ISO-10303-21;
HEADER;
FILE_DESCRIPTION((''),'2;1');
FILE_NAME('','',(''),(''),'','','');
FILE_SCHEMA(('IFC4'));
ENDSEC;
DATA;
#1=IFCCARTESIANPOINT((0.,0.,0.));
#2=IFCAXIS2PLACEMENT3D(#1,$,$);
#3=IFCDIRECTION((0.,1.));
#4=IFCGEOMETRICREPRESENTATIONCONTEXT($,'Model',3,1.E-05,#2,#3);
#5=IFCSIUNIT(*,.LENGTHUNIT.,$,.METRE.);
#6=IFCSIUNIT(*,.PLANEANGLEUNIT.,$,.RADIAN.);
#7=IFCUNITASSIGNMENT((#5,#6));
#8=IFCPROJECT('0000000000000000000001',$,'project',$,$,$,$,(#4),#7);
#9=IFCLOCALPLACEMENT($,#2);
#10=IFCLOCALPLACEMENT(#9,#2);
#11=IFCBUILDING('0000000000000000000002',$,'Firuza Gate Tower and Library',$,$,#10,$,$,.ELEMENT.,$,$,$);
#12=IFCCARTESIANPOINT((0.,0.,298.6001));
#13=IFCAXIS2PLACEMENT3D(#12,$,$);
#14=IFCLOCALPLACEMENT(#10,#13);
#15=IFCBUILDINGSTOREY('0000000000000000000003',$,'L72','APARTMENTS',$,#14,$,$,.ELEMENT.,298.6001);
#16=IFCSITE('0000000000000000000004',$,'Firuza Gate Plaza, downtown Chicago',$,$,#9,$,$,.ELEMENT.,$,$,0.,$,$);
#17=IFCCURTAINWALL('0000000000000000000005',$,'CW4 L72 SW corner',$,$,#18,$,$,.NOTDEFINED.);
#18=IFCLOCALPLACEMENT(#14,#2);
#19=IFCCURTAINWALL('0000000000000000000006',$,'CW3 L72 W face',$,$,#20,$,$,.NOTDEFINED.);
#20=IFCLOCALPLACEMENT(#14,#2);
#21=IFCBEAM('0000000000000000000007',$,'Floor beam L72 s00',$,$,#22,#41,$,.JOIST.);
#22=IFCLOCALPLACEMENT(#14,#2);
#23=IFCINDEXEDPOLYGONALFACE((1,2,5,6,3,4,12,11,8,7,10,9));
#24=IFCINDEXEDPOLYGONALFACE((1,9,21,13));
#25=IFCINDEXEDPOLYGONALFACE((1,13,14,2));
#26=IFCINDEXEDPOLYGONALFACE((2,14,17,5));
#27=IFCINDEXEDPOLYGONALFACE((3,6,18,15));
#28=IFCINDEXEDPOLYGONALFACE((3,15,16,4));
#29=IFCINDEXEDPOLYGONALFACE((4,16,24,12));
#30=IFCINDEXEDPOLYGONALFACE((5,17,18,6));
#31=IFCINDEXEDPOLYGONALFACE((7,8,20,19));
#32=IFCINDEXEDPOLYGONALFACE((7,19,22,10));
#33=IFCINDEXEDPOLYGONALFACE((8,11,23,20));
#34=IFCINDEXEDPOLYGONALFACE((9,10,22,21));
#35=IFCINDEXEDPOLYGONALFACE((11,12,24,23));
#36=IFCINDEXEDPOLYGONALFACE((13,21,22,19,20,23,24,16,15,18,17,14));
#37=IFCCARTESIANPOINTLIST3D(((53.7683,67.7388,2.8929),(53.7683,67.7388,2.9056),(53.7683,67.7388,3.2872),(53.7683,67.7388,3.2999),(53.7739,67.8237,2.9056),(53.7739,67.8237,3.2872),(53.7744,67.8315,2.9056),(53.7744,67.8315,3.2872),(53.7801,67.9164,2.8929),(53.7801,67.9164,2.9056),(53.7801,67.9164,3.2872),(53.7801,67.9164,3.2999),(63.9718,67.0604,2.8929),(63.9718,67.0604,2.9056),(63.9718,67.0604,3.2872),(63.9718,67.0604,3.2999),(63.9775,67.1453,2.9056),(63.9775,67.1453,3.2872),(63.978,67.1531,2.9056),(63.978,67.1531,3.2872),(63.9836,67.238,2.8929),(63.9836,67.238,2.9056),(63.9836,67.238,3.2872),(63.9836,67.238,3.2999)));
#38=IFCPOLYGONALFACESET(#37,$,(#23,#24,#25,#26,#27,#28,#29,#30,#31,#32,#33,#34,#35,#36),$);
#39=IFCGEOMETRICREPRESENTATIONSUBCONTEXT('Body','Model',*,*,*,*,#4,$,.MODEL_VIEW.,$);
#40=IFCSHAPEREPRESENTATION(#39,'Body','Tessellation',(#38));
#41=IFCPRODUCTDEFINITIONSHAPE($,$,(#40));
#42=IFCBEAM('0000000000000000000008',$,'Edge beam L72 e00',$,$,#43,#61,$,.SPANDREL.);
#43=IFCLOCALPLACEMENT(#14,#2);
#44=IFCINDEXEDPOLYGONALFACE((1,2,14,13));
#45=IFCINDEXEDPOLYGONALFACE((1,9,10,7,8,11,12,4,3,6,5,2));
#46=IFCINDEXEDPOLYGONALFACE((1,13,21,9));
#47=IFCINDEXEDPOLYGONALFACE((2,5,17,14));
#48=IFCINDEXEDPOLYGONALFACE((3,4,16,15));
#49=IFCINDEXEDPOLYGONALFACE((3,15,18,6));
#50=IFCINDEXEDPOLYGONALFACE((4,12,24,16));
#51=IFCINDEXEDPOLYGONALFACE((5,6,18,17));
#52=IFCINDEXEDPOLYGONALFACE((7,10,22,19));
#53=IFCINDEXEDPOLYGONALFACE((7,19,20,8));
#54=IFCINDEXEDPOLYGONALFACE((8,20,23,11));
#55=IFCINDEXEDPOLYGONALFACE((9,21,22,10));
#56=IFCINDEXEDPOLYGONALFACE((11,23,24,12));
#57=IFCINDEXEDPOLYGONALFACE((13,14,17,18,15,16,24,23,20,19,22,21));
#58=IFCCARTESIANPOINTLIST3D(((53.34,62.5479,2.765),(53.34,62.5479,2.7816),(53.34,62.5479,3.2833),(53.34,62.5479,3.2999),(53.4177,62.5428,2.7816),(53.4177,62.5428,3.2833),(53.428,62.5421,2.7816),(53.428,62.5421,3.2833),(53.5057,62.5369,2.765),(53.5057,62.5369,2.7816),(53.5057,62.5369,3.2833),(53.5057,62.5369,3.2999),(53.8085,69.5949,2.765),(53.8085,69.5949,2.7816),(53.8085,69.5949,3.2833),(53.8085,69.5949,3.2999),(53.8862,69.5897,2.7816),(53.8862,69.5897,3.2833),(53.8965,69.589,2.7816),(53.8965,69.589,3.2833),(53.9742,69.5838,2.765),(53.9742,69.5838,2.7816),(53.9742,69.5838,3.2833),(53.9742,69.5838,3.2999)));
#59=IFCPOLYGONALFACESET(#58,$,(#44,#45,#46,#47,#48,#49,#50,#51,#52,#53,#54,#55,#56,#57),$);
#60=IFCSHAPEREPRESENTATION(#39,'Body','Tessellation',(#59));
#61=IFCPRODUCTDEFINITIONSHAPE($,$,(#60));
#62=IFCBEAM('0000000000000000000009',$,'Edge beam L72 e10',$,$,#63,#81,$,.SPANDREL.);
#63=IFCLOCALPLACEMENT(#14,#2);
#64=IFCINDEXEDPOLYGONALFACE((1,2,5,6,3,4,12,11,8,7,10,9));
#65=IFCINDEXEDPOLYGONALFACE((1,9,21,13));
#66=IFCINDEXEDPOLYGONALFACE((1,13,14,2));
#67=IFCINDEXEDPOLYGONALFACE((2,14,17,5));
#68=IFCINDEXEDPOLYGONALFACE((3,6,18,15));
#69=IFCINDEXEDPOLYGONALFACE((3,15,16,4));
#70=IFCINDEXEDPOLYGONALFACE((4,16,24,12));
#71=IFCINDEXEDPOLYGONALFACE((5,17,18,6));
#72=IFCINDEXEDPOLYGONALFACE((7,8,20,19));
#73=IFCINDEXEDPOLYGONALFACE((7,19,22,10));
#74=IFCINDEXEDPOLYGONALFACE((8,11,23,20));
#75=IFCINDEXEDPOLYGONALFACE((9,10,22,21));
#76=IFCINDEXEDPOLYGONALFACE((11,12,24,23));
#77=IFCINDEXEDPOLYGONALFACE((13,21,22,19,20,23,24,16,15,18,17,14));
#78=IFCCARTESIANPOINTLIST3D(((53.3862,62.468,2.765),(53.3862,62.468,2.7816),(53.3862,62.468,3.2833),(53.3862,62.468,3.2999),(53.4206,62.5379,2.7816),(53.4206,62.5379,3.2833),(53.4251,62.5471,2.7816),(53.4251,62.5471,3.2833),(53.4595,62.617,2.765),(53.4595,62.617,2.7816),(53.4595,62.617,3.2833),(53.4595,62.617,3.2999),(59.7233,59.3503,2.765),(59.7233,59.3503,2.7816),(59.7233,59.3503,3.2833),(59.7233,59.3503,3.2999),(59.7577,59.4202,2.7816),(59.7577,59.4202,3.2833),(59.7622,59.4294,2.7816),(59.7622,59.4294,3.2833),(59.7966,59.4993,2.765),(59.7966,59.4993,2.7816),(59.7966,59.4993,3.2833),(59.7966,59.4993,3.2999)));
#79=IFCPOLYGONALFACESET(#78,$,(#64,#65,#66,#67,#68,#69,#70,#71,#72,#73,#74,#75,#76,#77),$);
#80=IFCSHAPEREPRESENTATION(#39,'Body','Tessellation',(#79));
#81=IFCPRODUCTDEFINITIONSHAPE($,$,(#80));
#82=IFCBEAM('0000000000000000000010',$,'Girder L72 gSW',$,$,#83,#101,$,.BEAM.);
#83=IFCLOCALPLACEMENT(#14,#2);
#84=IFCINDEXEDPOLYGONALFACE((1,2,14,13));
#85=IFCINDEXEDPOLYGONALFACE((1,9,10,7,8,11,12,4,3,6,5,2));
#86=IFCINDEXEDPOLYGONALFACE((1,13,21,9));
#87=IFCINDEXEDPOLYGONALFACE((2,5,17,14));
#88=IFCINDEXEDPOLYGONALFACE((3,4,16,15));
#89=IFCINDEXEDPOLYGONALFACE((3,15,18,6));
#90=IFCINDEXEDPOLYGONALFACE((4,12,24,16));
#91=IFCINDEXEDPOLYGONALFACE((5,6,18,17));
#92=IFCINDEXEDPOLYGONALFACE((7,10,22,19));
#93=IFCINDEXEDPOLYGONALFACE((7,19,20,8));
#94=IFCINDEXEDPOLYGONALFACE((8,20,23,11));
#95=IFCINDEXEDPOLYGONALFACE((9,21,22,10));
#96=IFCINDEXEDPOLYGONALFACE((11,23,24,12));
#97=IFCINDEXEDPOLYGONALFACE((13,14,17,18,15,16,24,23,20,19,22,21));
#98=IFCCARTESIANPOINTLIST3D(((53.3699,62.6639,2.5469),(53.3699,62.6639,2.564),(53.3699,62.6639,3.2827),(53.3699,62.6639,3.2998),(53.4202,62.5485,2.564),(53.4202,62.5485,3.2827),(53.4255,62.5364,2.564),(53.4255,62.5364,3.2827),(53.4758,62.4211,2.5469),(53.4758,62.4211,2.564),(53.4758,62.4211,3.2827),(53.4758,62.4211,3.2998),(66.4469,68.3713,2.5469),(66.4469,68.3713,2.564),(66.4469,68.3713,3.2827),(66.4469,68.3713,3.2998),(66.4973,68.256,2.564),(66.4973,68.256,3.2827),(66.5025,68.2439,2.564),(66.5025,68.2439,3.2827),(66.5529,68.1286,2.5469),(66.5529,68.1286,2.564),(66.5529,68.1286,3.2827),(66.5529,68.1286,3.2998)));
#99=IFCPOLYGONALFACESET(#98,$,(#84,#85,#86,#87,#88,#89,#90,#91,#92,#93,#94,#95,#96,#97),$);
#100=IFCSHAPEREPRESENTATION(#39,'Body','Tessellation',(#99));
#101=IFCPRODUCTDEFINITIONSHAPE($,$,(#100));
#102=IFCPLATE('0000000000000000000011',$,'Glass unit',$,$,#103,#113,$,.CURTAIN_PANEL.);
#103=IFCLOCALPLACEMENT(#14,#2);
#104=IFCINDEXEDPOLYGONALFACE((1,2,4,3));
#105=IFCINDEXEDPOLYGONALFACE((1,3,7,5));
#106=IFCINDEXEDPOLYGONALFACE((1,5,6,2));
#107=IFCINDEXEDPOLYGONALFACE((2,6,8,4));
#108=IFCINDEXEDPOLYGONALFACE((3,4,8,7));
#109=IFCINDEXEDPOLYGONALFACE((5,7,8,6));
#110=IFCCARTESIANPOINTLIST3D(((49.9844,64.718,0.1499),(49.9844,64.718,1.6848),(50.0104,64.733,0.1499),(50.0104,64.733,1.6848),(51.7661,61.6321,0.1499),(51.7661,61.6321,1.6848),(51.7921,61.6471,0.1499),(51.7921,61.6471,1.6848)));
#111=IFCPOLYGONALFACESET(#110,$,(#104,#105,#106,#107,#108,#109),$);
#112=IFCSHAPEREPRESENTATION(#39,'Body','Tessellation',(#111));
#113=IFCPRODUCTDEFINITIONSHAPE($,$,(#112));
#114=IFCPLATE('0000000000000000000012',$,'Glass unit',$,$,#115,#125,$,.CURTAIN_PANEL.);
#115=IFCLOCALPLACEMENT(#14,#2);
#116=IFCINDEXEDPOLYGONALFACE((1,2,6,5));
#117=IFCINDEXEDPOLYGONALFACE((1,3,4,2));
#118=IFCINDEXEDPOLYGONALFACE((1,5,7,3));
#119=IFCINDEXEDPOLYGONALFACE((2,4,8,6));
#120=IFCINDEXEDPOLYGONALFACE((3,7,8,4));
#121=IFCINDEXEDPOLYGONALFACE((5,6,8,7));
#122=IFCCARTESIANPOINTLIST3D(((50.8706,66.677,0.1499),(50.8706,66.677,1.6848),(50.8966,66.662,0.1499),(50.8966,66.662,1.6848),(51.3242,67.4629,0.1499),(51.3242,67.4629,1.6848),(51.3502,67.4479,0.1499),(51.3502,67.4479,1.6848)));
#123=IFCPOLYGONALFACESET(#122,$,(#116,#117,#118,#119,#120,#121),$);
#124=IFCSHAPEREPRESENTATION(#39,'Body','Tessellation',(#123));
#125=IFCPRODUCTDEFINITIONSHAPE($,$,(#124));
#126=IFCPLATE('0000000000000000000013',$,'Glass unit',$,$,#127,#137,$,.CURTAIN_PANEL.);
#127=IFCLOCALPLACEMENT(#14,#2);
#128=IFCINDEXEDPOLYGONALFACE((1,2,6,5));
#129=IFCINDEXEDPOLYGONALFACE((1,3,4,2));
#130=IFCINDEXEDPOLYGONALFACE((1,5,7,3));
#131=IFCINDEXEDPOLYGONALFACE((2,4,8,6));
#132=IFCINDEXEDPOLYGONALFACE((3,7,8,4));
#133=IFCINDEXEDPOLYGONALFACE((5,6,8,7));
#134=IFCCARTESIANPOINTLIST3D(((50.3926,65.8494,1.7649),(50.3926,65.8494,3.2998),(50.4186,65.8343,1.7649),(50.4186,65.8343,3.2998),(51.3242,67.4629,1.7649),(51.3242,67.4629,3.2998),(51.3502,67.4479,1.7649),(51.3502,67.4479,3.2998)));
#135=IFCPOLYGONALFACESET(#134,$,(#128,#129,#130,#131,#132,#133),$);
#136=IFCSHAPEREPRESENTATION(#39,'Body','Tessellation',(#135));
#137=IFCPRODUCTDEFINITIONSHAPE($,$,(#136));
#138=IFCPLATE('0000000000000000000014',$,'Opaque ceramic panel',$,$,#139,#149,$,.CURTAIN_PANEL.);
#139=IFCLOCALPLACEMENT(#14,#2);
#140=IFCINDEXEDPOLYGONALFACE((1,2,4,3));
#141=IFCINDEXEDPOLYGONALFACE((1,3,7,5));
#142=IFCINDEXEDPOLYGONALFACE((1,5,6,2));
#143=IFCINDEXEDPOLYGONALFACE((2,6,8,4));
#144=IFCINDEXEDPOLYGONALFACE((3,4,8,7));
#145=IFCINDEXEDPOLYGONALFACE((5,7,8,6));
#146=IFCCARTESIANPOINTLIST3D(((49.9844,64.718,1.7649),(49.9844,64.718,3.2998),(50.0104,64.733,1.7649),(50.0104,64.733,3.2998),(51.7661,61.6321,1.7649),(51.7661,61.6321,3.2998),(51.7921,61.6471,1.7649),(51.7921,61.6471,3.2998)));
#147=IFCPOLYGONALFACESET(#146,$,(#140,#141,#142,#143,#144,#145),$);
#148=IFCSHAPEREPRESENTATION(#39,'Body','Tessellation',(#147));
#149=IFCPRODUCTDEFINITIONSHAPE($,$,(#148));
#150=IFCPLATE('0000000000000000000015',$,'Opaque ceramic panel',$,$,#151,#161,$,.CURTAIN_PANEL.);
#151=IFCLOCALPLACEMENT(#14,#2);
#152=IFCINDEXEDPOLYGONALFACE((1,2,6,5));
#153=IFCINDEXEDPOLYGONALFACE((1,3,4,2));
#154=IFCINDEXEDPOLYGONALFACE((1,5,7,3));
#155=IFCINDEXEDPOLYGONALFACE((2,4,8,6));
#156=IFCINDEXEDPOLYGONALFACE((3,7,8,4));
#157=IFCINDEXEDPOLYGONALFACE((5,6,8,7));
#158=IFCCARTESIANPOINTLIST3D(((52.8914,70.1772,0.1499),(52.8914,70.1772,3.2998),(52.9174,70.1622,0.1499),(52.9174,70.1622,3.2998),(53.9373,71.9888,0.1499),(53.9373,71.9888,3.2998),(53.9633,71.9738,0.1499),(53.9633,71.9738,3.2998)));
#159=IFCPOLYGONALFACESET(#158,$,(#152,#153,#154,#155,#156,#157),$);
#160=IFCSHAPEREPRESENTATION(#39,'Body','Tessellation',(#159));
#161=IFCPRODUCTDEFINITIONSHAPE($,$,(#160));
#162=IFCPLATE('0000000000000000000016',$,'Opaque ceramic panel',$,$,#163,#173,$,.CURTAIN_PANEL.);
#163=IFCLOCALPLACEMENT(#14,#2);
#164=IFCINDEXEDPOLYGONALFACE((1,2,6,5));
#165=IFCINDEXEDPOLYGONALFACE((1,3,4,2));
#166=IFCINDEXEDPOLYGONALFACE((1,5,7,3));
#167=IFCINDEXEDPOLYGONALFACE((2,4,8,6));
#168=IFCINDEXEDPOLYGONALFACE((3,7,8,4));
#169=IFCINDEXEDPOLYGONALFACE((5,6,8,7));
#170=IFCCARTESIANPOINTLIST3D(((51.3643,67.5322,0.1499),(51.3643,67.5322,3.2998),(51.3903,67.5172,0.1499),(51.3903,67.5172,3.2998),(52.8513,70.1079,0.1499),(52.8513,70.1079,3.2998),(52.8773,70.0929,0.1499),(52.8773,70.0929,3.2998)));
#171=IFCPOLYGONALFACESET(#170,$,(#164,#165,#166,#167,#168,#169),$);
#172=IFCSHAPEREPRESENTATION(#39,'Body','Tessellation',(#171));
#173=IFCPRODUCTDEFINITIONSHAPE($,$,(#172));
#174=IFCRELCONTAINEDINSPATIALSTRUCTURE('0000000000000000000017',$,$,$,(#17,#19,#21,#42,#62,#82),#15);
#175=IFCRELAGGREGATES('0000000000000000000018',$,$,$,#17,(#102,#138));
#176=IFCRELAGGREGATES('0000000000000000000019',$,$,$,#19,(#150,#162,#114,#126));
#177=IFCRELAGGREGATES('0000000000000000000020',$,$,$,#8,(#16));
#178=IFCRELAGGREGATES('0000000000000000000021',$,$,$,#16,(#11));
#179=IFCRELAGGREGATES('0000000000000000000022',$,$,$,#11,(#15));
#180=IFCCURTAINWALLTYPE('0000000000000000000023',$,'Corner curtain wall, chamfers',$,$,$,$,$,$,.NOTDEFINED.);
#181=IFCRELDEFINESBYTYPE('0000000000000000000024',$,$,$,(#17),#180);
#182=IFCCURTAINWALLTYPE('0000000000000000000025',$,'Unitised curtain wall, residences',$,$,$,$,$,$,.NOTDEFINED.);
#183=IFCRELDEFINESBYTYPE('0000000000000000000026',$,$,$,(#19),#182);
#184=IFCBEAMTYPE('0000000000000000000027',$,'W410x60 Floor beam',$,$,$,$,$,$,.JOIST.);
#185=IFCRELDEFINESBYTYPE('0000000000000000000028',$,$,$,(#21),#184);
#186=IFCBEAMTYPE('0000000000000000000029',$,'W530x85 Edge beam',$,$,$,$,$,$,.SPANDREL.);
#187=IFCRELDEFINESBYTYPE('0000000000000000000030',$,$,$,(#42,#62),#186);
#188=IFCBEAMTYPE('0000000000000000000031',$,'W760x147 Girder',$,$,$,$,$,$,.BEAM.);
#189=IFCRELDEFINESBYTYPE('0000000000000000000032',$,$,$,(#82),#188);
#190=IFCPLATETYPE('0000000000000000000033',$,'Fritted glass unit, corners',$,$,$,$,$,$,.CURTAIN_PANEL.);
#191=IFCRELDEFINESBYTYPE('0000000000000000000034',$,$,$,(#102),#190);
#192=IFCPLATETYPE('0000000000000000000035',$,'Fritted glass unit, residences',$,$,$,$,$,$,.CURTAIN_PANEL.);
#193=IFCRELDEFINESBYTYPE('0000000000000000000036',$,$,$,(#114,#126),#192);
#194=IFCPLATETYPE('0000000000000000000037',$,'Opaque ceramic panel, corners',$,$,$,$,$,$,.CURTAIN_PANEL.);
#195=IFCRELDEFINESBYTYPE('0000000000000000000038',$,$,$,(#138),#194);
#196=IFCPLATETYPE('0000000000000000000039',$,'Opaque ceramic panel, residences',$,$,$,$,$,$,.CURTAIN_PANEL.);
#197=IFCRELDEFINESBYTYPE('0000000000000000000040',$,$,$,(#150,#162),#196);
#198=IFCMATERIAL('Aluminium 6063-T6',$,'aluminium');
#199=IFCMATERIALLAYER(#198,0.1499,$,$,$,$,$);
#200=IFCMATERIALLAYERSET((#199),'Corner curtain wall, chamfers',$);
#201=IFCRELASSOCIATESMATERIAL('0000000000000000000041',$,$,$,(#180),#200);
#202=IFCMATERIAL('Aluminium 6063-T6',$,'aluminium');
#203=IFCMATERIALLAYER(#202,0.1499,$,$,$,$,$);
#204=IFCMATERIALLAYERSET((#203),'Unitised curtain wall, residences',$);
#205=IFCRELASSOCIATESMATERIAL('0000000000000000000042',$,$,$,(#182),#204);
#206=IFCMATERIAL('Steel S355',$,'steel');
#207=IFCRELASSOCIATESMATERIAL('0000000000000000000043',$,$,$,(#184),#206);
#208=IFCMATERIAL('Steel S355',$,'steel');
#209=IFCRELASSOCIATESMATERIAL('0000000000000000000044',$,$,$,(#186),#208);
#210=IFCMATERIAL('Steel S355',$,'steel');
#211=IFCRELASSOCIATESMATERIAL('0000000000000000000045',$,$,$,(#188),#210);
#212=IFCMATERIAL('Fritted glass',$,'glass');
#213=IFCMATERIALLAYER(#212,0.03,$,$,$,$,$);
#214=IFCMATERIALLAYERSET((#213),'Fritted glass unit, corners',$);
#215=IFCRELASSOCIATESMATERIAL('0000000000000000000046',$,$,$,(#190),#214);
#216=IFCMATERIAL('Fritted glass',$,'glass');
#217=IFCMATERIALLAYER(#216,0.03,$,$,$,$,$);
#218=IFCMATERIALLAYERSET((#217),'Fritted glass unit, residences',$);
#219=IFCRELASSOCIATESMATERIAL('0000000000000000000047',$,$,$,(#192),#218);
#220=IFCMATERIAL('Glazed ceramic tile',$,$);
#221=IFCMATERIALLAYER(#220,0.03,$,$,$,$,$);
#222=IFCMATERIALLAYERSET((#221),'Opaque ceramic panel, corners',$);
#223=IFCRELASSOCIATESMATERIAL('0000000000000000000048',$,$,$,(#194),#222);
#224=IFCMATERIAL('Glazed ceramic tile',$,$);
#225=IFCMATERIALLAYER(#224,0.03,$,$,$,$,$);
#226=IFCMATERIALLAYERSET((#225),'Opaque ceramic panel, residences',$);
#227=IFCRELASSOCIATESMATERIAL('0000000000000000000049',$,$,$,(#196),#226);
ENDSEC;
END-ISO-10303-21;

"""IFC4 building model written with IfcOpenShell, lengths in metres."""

from ifc_helpers import new_model, si_unit, direction, frame, origin, origin_2d, place, context, subcontext, project, spatial, polyline, i_section, outline, extrude, material, layer, layer_set, material_profile, profile_set, type_object, element, aggregate, save


model = new_model("IFC4")

# Units and contexts
model_context = context("Model", 3, precision=1e-05, world=origin(), true_north=direction((0.0, 1.0)))
body_context = subcontext(model_context, "Body", "Model", "MODEL_VIEW")
ifc_project = project(units=[si_unit("LENGTHUNIT", "METRE"), si_unit("PLANEANGLEUNIT", "RADIAN")], contexts=[model_context])

# Site, building, storey
site_placement = place(None, origin())
site = spatial("IfcSite", under=ifc_project, at=site_placement, Name="Firuza Gate Plaza, downtown Chicago", CompositionType="ELEMENT", RefElevation=0.0)
building_placement = place(site_placement, origin())
building = spatial("IfcBuilding", under=site, at=building_placement, Name="Firuza Gate Tower and Library", CompositionType="ELEMENT")
storey_placement = place(building_placement, frame((0.0, 0.0, 298.6001)))
storey = spatial("IfcBuildingStorey", under=building, at=storey_placement, Name="L72", Description="APARTMENTS", CompositionType="ELEMENT", Elevation=298.6001)

# Curtain walls
ifc_material_1 = material(Name="Aluminium 6063-T6", Category="aluminium")
ifc_layer_1 = layer(ifc_material_1, 0.1499)
ifc_layer_set_1 = layer_set([ifc_layer_1], Name="Corner curtain wall, chamfers")
curtain_wall_type_1 = type_object("IfcCurtainWallType", Name="Corner curtain wall, chamfers", PredefinedType="NOTDEFINED", material=ifc_layer_set_1)
placement = place(storey_placement, origin())
curtain_wall_1 = element("IfcCurtainWall", 1, at=placement, inside=storey, type_object=curtain_wall_type_1, Name="CW4 L72 SW corner", PredefinedType="NOTDEFINED")
ifc_material_2 = material(Name="Aluminium 6063-T6", Category="aluminium")
ifc_layer_2 = layer(ifc_material_2, 0.1499)
ifc_layer_set_2 = layer_set([ifc_layer_2], Name="Unitised curtain wall, residences")
curtain_wall_type_2 = type_object("IfcCurtainWallType", Name="Unitised curtain wall, residences", PredefinedType="NOTDEFINED", material=ifc_layer_set_2)
curtain_wall_2 = element("IfcCurtainWall", 2, at=placement, inside=storey, type_object=curtain_wall_type_2, Name="CW3 L72 W face", PredefinedType="NOTDEFINED")

# Beams
ifc_material_3 = material(Name="Steel S355", Category="steel")
ifc_material_profile_1 = material_profile(ifc_material_3, i_section(OverallWidth=0.178, OverallDepth=0.407, WebThickness=0.0078, FlangeThickness=0.0127, at=origin_2d()))
ifc_profile_set_1 = profile_set([ifc_material_profile_1], Name="Steel S355")
beam_type_1 = type_object("IfcBeamType", Name="W410x60 Floor beam", PredefinedType="JOIST", material=ifc_profile_set_1)
beam_1_placement = place(storey_placement, frame((53.7742, 67.8276, 3.0964), z_axis=(0.997797, -0.066346, 0.0), x_axis=(0.066346, 0.997797, 0.0)))
element("IfcBeam", 3, at=beam_1_placement, inside=storey, type_object=beam_type_1, Name="Floor beam L72 s00", PredefinedType="JOIST", context=body_context, shape_type="SweptSolid", body=[
    extrude(i_section(OverallWidth=0.178, OverallDepth=0.407, WebThickness=0.0078, FlangeThickness=0.0127, at=origin_2d()), origin(), (0.0, 0.0, 1.0), 10.2261),
])
ifc_material_4 = material(Name="Steel S355", Category="steel")
ifc_material_profile_2 = material_profile(ifc_material_4, i_section(OverallWidth=0.166, OverallDepth=0.5349, WebThickness=0.0103, FlangeThickness=0.0166, at=origin_2d()))
ifc_profile_set_2 = profile_set([ifc_material_profile_2], Name="Steel S355")
beam_type_2 = type_object("IfcBeamType", Name="W530x85 Edge beam", PredefinedType="SPANDREL", material=ifc_profile_set_2)
for number, where, z_axis, x_axis, name in (
    (4, (53.8914, 69.5894, 3.0325), (-0.066338, -0.997797, 0.0), (0.997797, -0.066338, 0.0), "Edge beam L72 e00"),
    (5, (53.4229, 62.5425, 3.0325), (0.897292, -0.441438, 0.0), (0.441438, 0.897292, 0.0), "Edge beam L72 e10"),
):
    element("IfcBeam", number, at=place(storey_placement, frame(where, z_axis=z_axis, x_axis=x_axis)), inside=storey, type_object=beam_type_2, Name=name, PredefinedType="SPANDREL", context=body_context, shape_type="SweptSolid", body=[
        extrude(i_section(OverallWidth=0.166, OverallDepth=0.5349, WebThickness=0.0103, FlangeThickness=0.0166, at=origin_2d()), origin(), (0.0, 0.0, 1.0), 7.0625),
    ])
ifc_material_5 = material(Name="Steel S355", Category="steel")
ifc_material_profile_3 = material_profile(ifc_material_5, i_section(OverallWidth=0.2649, OverallDepth=0.7529, WebThickness=0.0132, FlangeThickness=0.0171, at=origin_2d()))
ifc_profile_set_3 = profile_set([ifc_material_profile_3], Name="Steel S355")
beam_type_3 = type_object("IfcBeamType", Name="W760x147 Girder", PredefinedType="BEAM", material=ifc_profile_set_3)
beam_2_placement = place(storey_placement, frame((53.4229, 62.5425, 2.9233), z_axis=(0.91651, 0.400011, 0.0), x_axis=(-0.400011, 0.91651, 0.0)))
element("IfcBeam", 6, at=beam_2_placement, inside=storey, type_object=beam_type_3, Name="Girder L72 gSW", PredefinedType="BEAM", context=body_context, shape_type="SweptSolid", body=[
    extrude(i_section(OverallWidth=0.2649, OverallDepth=0.7529, WebThickness=0.0132, FlangeThickness=0.0171, at=origin_2d()), origin(), (0.0, 0.0, 1.0), 14.2683),
])

# Plates
ifc_material_6 = material(Name="Fritted glass", Category="glass")
ifc_layer_3 = layer(ifc_material_6, 0.03)
ifc_layer_set_3 = layer_set([ifc_layer_3], Name="Fritted glass unit, corners")
plate_type_1 = type_object("IfcPlateType", Name="Fritted glass unit, corners", PredefinedType="CURTAIN_PANEL", material=ifc_layer_set_3)
plate_1_placement = place(storey_placement, frame((49.9844, 64.718, 0.1499), z_axis=(-0.866017, -0.500015, 0.0), x_axis=(0.500015, -0.866017, 0.0)))
plate_1 = element("IfcPlate", 7, at=plate_1_placement, type_object=plate_type_1, Name="Glass unit", PredefinedType="CURTAIN_PANEL", context=body_context, shape_type="SweptSolid", body=[
    extrude(outline(polyline([(0.0, 0.0), (3.5634, 0.0), (3.5634, 1.5349), (0.0, 1.5349), (0.0, 0.0)])), origin(), (0.0, 0.0, -1.0), 0.03),
])
ifc_material_7 = material(Name="Fritted glass", Category="glass")
ifc_layer_4 = layer(ifc_material_7, 0.03)
ifc_layer_set_4 = layer_set([ifc_layer_4], Name="Fritted glass unit, residences")
plate_type_2 = type_object("IfcPlateType", Name="Fritted glass unit, residences", PredefinedType="CURTAIN_PANEL", material=ifc_layer_set_4)
plate_2_placement = place(storey_placement, frame((51.3242, 67.4629, 0.1499), z_axis=(-0.866083, 0.499901, 0.0), x_axis=(-0.499901, -0.866083, 0.0)))
plate_2 = element("IfcPlate", 8, at=plate_2_placement, type_object=plate_type_2, Name="Glass unit", PredefinedType="CURTAIN_PANEL", context=body_context, shape_type="SweptSolid", body=[
    extrude(outline(polyline([(0.0, 0.0), (0.9074, 0.0), (0.9074, 1.5349), (0.0, 1.5349), (0.0, 0.0)])), origin(), (0.0, 0.0, -1.0), 0.03),
])
plate_3_placement = place(storey_placement, frame((51.3242, 67.4629, 1.7649), z_axis=(-0.866009, 0.500029, 0.0), x_axis=(-0.500029, -0.866009, 0.0)))
plate_3 = element("IfcPlate", 9, at=plate_3_placement, type_object=plate_type_2, Name="Glass unit", PredefinedType="CURTAIN_PANEL", context=body_context, shape_type="SweptSolid", body=[
    extrude(outline(polyline([(0.0, 0.0), (1.8632, 0.0), (1.8632, 1.5349), (0.0, 1.5349), (0.0, 0.0)])), origin(), (0.0, 0.0, -1.0), 0.03),
])
ifc_material_8 = material(Name="Glazed ceramic tile")
ifc_layer_5 = layer(ifc_material_8, 0.03)
ifc_layer_set_5 = layer_set([ifc_layer_5], Name="Opaque ceramic panel, corners")
plate_type_3 = type_object("IfcPlateType", Name="Opaque ceramic panel, corners", PredefinedType="CURTAIN_PANEL", material=ifc_layer_set_5)
plate_4_placement = place(storey_placement, frame((49.9844, 64.718, 1.7649), z_axis=(-0.866017, -0.500015, 0.0), x_axis=(0.500015, -0.866017, 0.0)))
plate_4 = element("IfcPlate", 10, at=plate_4_placement, type_object=plate_type_3, Name="Opaque ceramic panel", PredefinedType="CURTAIN_PANEL", context=body_context, shape_type="SweptSolid", body=[
    extrude(outline(polyline([(0.0, 0.0), (3.5634, 0.0), (3.5634, 1.5349), (0.0, 1.5349), (0.0, 0.0)])), origin(), (0.0, 0.0, -1.0), 0.03),
])
aggregate(curtain_wall_1, [plate_1, plate_4])
ifc_material_9 = material(Name="Glazed ceramic tile")
ifc_layer_6 = layer(ifc_material_9, 0.03)
ifc_layer_set_6 = layer_set([ifc_layer_6], Name="Opaque ceramic panel, residences")
plate_type_4 = type_object("IfcPlateType", Name="Opaque ceramic panel, residences", PredefinedType="CURTAIN_PANEL", material=ifc_layer_set_6)
plate_5_placement = place(storey_placement, frame((53.9373, 71.9888, 0.1499), z_axis=(-0.866022, 0.500005, 0.0), x_axis=(-0.500005, -0.866022, 0.0)))
plate_5 = element("IfcPlate", 11, at=plate_5_placement, type_object=plate_type_4, Name="Opaque ceramic panel", PredefinedType="CURTAIN_PANEL", context=body_context, shape_type="SweptSolid", body=[
    extrude(outline(polyline([(0.0, 0.0), (2.0918, 0.0), (2.0918, 3.1499), (0.0, 3.1499), (0.0, 0.0)])), origin(), (0.0, 0.0, -1.0), 0.03),
])
plate_6_placement = place(storey_placement, frame((52.8513, 70.1079, 0.1499), z_axis=(-0.866027, 0.499997, 0.0), x_axis=(-0.499997, -0.866027, 0.0)))
plate_6 = element("IfcPlate", 12, at=plate_6_placement, type_object=plate_type_4, Name="Opaque ceramic panel", PredefinedType="CURTAIN_PANEL", context=body_context, shape_type="SweptSolid", body=[
    extrude(outline(polyline([(0.0, 0.0), (2.9741, 0.0), (2.9741, 3.1499), (0.0, 3.1499), (0.0, 0.0)])), origin(), (0.0, 0.0, -1.0), 0.03),
])
aggregate(curtain_wall_2, [plate_5, plate_6, plate_2, plate_3])

save(model, "model.ifc")
